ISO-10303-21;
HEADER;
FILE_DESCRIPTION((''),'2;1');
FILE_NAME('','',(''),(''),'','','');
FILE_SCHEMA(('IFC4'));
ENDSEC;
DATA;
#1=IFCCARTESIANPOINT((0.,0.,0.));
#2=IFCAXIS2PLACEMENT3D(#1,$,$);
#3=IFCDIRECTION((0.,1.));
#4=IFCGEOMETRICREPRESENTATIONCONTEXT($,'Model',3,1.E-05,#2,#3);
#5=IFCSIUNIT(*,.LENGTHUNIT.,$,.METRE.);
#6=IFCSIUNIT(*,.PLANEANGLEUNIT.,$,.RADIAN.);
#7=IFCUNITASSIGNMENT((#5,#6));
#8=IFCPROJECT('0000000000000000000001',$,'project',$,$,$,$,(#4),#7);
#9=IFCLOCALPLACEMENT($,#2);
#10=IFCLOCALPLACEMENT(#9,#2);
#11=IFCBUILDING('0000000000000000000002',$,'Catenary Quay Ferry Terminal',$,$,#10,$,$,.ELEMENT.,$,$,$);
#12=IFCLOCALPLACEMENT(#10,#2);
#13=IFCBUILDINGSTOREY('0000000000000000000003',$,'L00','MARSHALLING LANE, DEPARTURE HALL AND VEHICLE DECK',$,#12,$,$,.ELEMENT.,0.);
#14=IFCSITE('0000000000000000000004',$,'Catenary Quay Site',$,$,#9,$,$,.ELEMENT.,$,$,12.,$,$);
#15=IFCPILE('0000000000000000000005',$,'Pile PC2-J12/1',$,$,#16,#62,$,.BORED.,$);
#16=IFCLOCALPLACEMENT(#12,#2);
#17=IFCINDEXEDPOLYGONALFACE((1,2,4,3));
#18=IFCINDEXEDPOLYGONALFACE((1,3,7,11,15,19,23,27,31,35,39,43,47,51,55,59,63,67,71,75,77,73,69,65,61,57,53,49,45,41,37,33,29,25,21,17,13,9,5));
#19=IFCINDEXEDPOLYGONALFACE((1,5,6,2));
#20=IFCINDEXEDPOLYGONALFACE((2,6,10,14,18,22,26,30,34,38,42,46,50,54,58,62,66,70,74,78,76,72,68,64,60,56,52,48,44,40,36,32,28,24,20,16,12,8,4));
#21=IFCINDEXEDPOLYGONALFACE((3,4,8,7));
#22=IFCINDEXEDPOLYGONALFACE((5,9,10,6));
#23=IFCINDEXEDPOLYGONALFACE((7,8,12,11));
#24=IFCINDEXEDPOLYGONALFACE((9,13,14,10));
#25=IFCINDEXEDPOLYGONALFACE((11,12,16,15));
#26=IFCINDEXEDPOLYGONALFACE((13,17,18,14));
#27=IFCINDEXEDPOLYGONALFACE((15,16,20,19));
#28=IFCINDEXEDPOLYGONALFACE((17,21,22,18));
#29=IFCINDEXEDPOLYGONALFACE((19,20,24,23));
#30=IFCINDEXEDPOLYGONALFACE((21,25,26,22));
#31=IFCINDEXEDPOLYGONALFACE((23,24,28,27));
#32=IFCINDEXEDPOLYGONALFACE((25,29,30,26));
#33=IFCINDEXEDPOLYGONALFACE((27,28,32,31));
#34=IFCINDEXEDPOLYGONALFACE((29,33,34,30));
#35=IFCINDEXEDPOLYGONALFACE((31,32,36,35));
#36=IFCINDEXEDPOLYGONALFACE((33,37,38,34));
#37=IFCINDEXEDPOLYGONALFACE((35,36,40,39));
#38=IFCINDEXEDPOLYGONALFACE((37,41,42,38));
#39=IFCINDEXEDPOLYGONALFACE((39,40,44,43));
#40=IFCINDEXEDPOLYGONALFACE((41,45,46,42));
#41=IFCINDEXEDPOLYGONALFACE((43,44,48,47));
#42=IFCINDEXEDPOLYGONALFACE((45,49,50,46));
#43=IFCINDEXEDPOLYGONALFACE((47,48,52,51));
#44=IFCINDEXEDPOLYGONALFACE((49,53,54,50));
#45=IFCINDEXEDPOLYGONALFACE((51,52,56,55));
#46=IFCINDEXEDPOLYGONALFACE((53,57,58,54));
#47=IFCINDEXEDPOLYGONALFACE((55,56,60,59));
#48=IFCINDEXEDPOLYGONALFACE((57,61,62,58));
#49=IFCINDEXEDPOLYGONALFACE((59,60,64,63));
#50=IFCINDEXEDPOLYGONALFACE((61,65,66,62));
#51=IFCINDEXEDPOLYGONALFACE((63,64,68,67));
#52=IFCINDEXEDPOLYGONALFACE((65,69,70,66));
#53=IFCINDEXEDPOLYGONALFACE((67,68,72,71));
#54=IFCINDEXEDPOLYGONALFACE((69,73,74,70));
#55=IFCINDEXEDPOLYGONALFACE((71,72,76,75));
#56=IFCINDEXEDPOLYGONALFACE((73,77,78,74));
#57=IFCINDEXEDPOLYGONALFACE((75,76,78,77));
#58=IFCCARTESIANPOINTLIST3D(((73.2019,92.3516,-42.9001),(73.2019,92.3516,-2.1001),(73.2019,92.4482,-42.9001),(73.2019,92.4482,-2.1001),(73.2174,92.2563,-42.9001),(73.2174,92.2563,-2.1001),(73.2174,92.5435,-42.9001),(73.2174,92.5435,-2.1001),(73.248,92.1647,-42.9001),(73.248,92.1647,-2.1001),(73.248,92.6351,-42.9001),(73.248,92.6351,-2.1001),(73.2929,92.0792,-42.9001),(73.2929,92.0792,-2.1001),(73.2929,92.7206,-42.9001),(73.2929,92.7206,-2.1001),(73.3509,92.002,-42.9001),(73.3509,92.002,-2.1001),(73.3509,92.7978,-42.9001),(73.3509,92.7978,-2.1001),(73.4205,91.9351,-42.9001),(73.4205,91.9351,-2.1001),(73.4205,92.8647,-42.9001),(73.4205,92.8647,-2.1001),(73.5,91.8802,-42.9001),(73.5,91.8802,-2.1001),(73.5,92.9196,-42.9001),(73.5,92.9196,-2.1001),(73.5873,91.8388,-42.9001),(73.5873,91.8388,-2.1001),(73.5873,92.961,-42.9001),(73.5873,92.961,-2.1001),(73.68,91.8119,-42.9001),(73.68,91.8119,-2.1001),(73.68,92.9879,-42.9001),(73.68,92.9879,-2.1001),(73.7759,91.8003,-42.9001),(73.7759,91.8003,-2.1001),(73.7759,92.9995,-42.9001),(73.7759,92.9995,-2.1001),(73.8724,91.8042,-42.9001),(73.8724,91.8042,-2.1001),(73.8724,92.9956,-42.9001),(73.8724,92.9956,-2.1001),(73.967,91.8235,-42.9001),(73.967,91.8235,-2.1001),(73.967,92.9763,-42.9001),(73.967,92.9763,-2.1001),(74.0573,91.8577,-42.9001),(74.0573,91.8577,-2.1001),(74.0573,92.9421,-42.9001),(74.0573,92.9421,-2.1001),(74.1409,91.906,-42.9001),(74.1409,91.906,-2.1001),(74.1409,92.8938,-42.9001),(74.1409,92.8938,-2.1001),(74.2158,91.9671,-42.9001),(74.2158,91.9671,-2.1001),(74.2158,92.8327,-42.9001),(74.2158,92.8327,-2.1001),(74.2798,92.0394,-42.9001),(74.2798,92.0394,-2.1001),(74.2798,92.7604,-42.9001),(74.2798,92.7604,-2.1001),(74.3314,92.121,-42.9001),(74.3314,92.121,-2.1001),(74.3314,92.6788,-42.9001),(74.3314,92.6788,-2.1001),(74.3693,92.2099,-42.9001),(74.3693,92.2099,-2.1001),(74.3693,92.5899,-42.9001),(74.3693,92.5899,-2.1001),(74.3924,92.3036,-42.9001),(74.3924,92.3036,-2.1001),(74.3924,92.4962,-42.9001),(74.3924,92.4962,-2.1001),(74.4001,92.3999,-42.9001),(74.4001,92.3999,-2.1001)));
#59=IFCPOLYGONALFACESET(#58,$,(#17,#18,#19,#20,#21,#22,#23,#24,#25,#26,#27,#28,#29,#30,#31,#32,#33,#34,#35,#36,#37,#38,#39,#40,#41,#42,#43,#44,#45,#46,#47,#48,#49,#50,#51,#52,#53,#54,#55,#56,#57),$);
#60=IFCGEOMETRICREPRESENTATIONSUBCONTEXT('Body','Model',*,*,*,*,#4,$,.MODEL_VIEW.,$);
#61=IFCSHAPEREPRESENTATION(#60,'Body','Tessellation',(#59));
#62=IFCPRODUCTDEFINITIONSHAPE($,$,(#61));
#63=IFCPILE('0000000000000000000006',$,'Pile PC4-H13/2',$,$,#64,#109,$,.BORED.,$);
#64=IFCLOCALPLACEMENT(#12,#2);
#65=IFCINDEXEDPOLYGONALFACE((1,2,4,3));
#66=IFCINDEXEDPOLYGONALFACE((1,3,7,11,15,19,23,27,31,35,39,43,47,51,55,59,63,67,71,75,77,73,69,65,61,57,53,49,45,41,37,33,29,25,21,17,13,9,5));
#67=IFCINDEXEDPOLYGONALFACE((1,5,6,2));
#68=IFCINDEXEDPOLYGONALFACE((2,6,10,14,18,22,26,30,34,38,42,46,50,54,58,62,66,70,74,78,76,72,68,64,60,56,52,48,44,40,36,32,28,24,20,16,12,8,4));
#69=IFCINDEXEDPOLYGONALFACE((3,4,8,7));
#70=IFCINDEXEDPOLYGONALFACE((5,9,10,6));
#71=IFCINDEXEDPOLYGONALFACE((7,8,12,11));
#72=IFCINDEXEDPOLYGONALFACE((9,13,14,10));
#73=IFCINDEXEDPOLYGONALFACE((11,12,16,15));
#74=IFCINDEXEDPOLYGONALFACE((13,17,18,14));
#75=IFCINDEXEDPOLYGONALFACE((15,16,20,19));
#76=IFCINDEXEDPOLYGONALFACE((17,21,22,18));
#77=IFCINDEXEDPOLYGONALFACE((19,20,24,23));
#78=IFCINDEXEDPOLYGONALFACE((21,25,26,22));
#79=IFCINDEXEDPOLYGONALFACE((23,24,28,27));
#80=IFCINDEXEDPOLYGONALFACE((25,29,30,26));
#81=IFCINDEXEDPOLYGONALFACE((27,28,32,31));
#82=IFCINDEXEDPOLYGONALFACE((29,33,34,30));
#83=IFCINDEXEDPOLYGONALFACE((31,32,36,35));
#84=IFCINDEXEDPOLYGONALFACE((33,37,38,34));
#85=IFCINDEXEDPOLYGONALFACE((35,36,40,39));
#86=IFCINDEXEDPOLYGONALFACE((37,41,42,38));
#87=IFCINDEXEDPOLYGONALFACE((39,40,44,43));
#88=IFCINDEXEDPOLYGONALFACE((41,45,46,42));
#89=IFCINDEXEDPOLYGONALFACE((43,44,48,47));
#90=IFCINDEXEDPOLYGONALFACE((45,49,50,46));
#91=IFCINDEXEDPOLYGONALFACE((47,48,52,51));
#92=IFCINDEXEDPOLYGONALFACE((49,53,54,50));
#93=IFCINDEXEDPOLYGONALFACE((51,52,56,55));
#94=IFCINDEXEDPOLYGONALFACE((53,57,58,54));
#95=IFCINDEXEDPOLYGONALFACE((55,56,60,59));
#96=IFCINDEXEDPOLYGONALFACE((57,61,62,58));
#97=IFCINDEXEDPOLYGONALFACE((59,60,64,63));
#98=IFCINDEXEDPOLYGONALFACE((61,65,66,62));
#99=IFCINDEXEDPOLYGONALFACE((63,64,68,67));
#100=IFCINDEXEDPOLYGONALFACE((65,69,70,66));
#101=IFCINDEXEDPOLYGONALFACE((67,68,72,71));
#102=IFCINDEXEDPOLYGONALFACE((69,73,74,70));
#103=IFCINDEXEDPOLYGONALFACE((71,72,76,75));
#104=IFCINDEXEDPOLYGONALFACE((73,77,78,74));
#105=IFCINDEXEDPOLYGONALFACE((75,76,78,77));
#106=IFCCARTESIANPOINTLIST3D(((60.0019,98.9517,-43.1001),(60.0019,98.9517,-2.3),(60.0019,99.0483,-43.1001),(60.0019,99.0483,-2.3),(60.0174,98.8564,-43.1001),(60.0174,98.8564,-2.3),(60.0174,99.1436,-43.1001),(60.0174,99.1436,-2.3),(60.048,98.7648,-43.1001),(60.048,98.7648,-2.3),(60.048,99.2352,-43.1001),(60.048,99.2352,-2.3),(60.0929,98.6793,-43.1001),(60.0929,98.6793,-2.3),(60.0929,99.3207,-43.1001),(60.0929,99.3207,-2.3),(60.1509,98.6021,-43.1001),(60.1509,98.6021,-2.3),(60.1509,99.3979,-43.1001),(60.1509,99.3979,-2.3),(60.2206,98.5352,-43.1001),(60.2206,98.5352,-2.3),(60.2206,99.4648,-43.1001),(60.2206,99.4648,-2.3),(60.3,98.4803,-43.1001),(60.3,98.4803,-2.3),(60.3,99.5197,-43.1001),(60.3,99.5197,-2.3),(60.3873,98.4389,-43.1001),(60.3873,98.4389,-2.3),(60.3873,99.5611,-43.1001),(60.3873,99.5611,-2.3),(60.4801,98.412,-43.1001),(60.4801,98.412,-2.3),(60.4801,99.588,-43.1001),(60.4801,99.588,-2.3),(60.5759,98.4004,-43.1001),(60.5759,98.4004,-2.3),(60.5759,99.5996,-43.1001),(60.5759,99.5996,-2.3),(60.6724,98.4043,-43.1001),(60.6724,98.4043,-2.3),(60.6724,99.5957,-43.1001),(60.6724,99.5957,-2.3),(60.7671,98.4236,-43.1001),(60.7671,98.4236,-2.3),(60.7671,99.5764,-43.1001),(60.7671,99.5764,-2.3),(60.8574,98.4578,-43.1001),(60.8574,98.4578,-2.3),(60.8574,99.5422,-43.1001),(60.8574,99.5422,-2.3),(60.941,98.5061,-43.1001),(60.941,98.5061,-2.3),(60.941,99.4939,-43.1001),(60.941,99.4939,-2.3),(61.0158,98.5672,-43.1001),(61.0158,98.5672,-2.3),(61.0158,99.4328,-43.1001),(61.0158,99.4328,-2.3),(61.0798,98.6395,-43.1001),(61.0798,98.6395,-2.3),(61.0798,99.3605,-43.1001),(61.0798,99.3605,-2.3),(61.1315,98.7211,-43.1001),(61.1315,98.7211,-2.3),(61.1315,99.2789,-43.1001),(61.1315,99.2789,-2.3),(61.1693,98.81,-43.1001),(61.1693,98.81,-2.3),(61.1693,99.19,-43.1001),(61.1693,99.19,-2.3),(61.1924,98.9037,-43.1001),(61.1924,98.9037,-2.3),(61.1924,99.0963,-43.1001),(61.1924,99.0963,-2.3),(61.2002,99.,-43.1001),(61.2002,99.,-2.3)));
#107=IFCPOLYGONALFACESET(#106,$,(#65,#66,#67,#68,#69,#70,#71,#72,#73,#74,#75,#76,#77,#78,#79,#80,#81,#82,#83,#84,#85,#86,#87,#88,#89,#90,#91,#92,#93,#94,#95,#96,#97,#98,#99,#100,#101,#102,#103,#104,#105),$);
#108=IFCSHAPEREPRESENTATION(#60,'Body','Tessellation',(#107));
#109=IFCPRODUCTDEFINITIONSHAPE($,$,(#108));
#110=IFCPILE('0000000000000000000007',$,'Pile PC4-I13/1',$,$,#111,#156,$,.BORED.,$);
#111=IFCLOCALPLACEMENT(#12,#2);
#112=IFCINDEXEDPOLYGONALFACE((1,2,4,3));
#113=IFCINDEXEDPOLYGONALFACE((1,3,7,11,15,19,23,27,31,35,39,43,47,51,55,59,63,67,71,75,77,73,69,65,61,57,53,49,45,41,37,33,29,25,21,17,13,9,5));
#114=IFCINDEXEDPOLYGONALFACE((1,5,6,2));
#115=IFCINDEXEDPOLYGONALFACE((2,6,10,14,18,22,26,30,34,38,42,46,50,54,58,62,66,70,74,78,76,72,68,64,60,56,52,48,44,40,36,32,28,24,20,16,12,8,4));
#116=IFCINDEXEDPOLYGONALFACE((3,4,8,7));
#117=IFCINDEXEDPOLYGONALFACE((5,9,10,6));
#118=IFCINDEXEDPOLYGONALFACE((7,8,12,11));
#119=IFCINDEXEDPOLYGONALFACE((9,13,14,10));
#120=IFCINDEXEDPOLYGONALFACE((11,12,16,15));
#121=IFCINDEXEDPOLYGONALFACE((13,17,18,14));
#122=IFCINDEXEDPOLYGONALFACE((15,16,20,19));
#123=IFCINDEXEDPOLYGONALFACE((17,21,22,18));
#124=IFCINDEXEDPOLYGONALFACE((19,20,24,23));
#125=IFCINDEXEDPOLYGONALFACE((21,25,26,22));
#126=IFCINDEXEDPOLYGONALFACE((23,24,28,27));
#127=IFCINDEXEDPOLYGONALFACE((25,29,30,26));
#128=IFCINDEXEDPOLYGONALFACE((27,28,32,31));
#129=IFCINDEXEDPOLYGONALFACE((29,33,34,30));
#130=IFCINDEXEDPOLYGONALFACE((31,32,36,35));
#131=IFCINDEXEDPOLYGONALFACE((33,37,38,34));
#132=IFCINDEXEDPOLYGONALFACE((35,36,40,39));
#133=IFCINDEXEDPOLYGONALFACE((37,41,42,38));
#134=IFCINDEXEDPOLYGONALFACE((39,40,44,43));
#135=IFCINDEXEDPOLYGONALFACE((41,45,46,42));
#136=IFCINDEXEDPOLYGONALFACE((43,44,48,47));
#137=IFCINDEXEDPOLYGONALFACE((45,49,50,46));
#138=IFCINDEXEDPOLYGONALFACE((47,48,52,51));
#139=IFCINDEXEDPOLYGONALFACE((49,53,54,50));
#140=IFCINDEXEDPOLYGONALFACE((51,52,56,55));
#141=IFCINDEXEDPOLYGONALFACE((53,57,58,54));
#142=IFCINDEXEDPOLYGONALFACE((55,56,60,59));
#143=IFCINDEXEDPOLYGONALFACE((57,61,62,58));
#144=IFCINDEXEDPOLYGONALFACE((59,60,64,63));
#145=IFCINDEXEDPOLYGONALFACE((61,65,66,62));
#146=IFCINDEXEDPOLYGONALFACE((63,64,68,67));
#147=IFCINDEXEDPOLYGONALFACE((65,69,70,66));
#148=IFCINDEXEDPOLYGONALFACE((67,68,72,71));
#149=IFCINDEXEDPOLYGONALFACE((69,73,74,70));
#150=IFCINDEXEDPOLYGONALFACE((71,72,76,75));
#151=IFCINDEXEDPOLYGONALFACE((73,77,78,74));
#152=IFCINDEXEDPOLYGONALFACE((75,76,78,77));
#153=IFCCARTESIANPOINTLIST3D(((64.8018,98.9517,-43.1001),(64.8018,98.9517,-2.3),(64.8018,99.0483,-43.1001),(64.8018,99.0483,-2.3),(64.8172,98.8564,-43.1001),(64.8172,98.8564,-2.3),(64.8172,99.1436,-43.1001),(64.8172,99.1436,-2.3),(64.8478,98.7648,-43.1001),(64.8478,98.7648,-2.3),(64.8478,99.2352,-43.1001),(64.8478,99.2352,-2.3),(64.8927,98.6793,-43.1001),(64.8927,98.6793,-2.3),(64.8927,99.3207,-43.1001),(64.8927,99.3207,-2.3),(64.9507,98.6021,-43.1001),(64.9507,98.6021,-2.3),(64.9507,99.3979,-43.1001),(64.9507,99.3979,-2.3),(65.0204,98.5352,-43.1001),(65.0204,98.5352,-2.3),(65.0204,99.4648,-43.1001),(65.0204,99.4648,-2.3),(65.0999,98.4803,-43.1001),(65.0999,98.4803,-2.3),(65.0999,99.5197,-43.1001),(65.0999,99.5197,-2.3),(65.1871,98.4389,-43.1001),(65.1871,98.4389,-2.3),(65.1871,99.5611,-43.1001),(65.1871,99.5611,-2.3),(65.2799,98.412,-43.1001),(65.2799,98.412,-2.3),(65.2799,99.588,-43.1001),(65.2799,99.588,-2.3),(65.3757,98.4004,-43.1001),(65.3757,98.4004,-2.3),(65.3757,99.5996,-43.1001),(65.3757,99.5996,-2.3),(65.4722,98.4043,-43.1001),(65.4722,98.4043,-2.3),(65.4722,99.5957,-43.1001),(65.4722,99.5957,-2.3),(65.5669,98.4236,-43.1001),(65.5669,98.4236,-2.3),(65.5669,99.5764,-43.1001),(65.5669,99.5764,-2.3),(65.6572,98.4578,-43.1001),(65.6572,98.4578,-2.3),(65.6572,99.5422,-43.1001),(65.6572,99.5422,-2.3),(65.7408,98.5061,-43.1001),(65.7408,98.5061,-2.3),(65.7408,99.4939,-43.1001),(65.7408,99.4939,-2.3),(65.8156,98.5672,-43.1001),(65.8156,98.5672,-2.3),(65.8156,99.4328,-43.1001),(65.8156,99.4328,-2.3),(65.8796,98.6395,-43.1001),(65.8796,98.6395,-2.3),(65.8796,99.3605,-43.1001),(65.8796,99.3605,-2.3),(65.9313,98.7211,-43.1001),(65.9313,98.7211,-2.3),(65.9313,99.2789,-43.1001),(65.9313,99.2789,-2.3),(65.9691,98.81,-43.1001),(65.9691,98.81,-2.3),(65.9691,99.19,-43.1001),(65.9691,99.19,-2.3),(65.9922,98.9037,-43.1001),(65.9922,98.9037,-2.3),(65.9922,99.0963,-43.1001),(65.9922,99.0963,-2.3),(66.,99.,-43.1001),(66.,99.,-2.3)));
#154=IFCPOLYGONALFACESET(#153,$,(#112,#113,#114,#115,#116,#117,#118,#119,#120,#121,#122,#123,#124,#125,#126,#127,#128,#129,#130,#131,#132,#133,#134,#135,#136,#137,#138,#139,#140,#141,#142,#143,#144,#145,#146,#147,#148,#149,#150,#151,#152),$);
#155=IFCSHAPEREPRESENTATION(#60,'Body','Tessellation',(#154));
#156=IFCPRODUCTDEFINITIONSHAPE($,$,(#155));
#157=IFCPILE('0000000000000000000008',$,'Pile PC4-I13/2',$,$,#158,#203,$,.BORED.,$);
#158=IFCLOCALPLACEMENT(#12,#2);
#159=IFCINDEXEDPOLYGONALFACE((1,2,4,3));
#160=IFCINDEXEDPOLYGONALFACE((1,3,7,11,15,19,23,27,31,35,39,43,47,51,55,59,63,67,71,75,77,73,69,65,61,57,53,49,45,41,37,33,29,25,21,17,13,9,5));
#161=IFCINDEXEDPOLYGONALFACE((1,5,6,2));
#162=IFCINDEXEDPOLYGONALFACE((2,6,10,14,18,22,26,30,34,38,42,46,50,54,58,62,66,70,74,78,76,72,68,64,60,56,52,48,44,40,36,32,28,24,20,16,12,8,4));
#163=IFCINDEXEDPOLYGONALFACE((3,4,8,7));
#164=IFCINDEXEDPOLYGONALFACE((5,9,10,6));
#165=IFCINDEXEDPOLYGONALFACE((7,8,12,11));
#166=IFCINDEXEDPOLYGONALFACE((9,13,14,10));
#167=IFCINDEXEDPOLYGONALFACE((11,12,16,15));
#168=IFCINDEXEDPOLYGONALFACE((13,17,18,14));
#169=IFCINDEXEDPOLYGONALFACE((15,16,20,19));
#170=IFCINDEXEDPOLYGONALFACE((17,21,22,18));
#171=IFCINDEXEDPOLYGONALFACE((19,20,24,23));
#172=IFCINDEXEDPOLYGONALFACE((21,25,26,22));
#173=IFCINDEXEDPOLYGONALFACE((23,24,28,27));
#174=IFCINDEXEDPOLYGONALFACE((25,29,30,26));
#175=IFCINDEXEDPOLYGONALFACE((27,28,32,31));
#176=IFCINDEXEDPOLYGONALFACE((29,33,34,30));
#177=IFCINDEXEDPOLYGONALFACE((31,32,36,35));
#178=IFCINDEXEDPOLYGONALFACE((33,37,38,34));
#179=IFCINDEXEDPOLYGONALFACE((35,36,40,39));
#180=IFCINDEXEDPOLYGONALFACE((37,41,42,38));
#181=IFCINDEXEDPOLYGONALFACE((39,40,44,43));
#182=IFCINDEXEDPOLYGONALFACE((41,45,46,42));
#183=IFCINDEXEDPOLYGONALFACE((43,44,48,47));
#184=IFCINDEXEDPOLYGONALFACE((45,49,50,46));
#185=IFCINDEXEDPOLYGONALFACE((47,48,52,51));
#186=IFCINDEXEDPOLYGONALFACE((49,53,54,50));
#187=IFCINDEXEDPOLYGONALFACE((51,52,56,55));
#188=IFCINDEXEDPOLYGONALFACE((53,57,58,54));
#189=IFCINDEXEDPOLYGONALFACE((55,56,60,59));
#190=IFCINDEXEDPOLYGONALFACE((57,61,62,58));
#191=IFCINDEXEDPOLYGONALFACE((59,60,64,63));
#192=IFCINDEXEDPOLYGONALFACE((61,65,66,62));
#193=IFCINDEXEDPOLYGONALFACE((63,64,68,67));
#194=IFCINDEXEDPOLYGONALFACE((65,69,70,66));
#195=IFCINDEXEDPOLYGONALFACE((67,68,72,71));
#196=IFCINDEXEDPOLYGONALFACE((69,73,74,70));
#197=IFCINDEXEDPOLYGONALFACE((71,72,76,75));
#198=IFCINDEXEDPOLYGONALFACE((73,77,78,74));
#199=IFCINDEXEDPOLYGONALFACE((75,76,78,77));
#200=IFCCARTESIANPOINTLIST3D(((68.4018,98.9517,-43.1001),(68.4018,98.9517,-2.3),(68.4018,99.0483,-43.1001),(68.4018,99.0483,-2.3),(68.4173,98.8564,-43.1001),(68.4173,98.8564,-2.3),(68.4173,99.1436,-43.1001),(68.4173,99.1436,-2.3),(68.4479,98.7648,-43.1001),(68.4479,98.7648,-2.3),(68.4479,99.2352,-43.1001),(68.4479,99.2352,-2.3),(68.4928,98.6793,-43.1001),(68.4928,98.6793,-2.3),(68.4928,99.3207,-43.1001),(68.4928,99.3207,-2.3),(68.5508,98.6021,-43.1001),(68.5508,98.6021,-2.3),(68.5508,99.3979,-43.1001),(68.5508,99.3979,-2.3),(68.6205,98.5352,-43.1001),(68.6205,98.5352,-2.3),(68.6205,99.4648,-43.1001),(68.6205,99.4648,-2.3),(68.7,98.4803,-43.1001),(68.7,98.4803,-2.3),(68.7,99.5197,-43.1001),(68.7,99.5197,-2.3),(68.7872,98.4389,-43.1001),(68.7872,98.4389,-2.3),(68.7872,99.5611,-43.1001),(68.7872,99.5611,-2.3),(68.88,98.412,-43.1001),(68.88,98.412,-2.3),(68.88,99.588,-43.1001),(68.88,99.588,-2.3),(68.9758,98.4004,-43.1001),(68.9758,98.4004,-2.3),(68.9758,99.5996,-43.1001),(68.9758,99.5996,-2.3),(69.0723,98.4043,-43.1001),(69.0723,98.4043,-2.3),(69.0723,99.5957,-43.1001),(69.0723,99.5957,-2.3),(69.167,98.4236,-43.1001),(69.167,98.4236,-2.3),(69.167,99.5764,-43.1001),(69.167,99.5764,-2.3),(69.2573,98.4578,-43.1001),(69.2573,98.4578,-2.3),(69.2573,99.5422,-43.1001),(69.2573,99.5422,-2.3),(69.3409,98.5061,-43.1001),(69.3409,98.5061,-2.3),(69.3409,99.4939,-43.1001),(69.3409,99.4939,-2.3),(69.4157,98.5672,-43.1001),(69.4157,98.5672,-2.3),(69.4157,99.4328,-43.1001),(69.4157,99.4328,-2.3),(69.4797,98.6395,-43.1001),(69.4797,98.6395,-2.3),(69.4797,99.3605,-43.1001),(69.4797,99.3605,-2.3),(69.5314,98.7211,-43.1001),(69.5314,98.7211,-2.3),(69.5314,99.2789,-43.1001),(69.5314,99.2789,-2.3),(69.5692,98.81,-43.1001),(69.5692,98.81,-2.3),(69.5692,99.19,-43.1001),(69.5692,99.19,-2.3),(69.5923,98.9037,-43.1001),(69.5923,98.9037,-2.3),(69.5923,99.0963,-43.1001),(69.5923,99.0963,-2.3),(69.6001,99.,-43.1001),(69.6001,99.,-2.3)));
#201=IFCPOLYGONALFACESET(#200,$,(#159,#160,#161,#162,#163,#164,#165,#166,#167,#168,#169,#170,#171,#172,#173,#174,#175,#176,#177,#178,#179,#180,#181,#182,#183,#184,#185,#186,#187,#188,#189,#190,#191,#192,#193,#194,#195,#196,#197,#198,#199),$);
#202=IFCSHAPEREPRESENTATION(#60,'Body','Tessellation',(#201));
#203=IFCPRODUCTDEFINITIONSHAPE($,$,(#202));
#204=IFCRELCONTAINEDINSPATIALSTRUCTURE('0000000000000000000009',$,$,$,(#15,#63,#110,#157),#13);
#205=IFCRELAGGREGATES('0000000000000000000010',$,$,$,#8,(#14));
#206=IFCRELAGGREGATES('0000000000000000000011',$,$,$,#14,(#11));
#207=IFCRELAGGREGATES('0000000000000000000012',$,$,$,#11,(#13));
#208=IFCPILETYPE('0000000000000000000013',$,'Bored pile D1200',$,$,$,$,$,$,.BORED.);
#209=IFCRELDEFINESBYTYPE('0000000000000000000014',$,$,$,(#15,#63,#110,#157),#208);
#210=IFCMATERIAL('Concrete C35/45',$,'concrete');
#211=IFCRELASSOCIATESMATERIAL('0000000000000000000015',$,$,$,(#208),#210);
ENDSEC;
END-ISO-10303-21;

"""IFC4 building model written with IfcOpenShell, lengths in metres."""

from ifc_helpers import new_model, si_unit, direction, frame, origin, origin_2d, place, context, subcontext, project, spatial, circle, extrude, material, material_profile, profile_set, type_object, element, save


model = new_model("IFC4")

# Units and contexts
model_context = context("Model", 3, precision=1e-05, world=origin(), true_north=direction((0.0, 1.0)))
body_context = subcontext(model_context, "Body", "Model", "MODEL_VIEW")
ifc_project = project(units=[si_unit("LENGTHUNIT", "METRE"), si_unit("PLANEANGLEUNIT", "RADIAN")], contexts=[model_context])

# Site, building, storey
site_placement = place(None, origin())
site = spatial("IfcSite", under=ifc_project, at=site_placement, Name="Catenary Quay Site", CompositionType="ELEMENT", RefElevation=12.0)
building_placement = place(site_placement, origin())
building = spatial("IfcBuilding", under=site, at=building_placement, Name="Catenary Quay Ferry Terminal", CompositionType="ELEMENT")
storey_placement = place(building_placement, origin())
storey = spatial("IfcBuildingStorey", under=building, at=storey_placement, Name="L00", Description="MARSHALLING LANE, DEPARTURE HALL AND VEHICLE DECK", CompositionType="ELEMENT", Elevation=0.0)

# Piles
ifc_material_1 = material(Name="Concrete C35/45", Category="concrete")
ifc_material_profile_1 = material_profile(ifc_material_1, circle(Radius=0.6001, at=origin_2d()), Name="D1200")
ifc_profile_set_1 = profile_set([ifc_material_profile_1], Name="Concrete C35/45")
pile_type = type_object("IfcPileType", Name="Bored pile D1200", PredefinedType="BORED", material=ifc_profile_set_1)
for number, where, z_axis, x_axis, name in (
    (1, (73.8, 92.3999, -2.1001), (0.0, 0.0, -1.0), (1.0, 0.0, 0.0), "Pile PC2-J12/1"),
    (2, (60.6001, 99.0, -2.3), (0.0, 0.0, -1.0), (1.0, 0.0, 0.0), "Pile PC4-H13/2"),
    (3, (65.3999, 99.0, -2.3), (0.0, 0.0, -1.0), (1.0, 0.0, 0.0), "Pile PC4-I13/1"),
    (4, (69.0, 99.0, -2.3), (0.0, 0.0, -1.0), (1.0, 0.0, 0.0), "Pile PC4-I13/2"),
):
    element("IfcPile", number, at=place(storey_placement, frame(where, z_axis=z_axis, x_axis=x_axis)), inside=storey, type_object=pile_type, Name=name, PredefinedType="BORED", context=body_context, shape_type="SweptSolid", body=[
        extrude(circle(Radius=0.6001, at=origin_2d()), origin(), (0.0, 0.0, 1.0), 40.8),
    ])

save(model, "model.ifc")
